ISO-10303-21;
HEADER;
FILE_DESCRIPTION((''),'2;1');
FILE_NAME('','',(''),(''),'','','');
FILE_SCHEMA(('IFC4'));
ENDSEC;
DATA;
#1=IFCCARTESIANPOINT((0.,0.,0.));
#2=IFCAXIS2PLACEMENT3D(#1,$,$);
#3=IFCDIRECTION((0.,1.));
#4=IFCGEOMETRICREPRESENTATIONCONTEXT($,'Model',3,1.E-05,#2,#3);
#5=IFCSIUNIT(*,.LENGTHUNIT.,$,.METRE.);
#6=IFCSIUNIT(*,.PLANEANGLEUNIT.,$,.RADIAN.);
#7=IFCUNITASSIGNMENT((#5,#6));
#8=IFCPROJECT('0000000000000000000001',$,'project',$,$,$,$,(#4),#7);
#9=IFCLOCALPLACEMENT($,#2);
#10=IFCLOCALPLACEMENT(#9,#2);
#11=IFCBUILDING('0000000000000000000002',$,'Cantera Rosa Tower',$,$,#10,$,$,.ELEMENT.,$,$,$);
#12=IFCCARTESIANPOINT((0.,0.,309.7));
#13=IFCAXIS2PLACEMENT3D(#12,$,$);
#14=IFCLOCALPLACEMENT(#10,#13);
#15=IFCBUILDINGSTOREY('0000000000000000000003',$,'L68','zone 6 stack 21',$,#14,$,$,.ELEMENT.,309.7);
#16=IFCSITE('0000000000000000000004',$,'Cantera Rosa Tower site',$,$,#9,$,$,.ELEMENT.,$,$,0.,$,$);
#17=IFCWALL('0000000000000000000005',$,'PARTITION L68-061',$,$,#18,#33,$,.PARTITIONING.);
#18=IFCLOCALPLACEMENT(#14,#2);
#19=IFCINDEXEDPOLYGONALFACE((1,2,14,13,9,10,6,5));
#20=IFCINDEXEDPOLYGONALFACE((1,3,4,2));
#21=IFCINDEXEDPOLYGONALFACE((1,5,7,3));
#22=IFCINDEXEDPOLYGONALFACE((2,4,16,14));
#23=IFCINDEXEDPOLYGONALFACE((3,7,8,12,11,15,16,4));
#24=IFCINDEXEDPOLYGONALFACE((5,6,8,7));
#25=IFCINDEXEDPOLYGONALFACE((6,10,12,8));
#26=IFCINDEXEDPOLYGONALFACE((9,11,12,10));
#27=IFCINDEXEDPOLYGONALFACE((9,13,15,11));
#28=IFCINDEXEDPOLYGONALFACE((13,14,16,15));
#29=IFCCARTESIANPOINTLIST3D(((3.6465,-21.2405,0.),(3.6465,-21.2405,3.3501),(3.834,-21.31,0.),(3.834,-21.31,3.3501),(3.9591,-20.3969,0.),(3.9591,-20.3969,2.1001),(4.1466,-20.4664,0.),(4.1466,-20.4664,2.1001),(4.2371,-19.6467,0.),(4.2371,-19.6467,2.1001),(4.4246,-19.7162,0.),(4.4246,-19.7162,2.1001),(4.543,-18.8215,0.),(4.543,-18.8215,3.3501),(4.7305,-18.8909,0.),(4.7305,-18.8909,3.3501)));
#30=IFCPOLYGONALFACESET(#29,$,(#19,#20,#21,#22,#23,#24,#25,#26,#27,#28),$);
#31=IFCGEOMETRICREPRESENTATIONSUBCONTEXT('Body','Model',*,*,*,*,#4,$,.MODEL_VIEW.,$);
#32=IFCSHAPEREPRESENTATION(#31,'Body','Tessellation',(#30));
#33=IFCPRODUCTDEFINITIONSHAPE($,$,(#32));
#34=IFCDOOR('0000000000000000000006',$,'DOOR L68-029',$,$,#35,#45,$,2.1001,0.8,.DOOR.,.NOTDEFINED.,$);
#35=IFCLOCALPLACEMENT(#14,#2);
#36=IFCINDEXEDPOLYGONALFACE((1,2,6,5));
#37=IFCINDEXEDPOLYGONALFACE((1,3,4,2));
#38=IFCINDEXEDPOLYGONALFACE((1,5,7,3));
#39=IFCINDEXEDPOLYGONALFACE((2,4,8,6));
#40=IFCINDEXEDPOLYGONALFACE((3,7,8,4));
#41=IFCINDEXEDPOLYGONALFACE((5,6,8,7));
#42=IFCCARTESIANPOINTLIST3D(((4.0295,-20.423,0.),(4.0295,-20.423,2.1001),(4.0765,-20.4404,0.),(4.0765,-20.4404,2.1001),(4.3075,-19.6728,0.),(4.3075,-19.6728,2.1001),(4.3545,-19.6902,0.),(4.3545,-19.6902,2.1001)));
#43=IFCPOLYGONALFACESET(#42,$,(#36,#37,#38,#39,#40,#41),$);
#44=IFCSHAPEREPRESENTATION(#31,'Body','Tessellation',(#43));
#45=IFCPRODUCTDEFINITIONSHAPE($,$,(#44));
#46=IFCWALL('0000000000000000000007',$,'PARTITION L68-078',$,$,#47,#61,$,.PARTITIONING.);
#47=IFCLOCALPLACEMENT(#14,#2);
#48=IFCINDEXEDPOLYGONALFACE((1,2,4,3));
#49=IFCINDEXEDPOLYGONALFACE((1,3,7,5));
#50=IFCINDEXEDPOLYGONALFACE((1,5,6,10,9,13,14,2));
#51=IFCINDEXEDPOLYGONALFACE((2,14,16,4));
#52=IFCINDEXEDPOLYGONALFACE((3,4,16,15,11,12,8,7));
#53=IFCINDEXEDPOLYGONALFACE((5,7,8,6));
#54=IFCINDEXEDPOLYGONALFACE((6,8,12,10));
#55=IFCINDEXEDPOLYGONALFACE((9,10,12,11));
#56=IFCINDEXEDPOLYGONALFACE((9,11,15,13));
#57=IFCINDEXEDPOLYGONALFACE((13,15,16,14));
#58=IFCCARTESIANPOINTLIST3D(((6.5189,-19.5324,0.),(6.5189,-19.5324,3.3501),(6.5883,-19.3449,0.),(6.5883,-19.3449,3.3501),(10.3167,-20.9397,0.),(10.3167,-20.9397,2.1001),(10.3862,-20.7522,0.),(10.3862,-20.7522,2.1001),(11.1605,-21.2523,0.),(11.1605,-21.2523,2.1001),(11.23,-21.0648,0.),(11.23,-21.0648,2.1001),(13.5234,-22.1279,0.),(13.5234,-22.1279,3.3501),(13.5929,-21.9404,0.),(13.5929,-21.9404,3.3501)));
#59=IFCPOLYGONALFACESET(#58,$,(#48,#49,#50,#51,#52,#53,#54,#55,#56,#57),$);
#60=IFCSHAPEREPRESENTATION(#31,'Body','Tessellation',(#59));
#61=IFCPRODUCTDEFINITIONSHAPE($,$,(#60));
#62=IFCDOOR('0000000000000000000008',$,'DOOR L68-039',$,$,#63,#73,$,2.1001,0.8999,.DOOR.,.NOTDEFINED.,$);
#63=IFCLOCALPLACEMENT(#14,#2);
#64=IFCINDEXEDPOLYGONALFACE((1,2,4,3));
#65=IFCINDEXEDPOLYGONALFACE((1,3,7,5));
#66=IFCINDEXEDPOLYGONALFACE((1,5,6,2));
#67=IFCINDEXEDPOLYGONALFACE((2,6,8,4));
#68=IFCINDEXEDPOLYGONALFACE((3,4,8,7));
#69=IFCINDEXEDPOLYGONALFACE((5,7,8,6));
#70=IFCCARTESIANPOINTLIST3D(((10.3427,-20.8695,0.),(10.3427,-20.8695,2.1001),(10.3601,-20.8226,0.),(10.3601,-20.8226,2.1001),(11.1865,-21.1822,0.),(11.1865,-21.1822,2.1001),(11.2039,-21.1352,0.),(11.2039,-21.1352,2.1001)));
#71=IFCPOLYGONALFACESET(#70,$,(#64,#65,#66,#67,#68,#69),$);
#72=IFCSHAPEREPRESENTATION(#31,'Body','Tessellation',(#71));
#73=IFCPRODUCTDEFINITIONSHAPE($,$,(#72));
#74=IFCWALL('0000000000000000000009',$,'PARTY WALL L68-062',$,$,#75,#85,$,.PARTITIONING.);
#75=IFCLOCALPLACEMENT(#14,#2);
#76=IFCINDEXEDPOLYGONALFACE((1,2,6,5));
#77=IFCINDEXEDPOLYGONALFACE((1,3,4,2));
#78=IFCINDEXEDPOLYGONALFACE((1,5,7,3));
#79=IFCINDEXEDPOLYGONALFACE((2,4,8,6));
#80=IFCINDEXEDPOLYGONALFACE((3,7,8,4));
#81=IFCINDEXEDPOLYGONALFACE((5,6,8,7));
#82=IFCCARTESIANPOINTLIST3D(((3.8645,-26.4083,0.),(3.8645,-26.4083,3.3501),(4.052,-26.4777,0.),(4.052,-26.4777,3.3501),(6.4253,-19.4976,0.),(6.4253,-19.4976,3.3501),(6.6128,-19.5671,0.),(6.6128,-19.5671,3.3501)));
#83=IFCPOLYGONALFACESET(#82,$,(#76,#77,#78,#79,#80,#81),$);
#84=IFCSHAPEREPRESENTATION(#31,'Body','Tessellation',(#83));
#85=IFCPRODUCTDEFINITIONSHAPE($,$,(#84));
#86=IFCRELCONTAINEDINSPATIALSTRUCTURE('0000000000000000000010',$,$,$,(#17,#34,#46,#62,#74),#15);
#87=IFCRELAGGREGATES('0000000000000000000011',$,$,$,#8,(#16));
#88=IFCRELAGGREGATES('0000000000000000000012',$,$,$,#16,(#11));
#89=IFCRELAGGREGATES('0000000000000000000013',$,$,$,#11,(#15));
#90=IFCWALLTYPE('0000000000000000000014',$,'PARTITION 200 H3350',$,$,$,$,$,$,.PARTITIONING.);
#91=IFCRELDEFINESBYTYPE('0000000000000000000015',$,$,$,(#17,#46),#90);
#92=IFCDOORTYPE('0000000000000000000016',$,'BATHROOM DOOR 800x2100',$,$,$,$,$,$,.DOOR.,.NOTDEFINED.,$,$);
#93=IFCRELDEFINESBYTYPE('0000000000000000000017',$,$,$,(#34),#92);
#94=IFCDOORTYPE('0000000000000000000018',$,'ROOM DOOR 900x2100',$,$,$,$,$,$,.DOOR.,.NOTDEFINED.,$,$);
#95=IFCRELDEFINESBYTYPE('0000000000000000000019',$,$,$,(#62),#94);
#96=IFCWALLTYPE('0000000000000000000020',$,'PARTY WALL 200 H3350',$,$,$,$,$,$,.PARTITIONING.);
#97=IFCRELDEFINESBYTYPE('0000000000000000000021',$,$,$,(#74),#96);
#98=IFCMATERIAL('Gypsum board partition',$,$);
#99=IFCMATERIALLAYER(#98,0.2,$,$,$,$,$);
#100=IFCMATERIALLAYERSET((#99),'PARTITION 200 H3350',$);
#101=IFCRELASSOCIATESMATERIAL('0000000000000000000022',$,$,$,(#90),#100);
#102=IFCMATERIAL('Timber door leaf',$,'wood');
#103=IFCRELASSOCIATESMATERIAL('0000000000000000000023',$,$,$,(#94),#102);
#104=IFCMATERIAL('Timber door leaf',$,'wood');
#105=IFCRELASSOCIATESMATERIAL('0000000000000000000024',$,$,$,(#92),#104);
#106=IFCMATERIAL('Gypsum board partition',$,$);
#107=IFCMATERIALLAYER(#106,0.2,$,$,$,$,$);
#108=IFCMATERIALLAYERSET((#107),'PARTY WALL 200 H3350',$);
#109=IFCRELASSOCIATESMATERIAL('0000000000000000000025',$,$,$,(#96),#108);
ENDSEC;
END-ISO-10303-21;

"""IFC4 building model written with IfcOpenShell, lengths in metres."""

from ifc_helpers import new_model, si_unit, direction, frame, frame_2d, origin, place, context, subcontext, project, spatial, rectangle, extrude, material, layer, layer_set, type_object, element, fill, save


model = new_model("IFC4")

# Units and contexts
model_context = context("Model", 3, precision=1e-05, world=origin(), true_north=direction((0.0, 1.0)))
body_context = subcontext(model_context, "Body", "Model", "MODEL_VIEW")
ifc_project = project(units=[si_unit("LENGTHUNIT", "METRE"), si_unit("PLANEANGLEUNIT", "RADIAN")], contexts=[model_context])

# Site, building, storey
site_placement = place(None, origin())
site = spatial("IfcSite", under=ifc_project, at=site_placement, Name="Cantera Rosa Tower site", CompositionType="ELEMENT", RefElevation=0.0)
building_placement = place(site_placement, origin())
building = spatial("IfcBuilding", under=site, at=building_placement, Name="Cantera Rosa Tower", CompositionType="ELEMENT")
storey_placement = place(building_placement, frame((0.0, 0.0, 309.7)))
storey = spatial("IfcBuildingStorey", under=building, at=storey_placement, Name="L68", Description="zone 6 stack 21", CompositionType="ELEMENT", Elevation=309.7)

# Shared definitions
ifc_material_1 = material(Name="Gypsum board partition")
ifc_layer_1 = layer(ifc_material_1, 0.2)
ifc_layer_set_1 = layer_set([ifc_layer_1], Name="PARTITION 200 H3350")
wall_type_1 = type_object("IfcWallType", Name="PARTITION 200 H3350", PredefinedType="PARTITIONING", material=ifc_layer_set_1)
ifc_material_2 = material(Name="Timber door leaf", Category="wood")
door_type_1 = type_object("IfcDoorType", Name="ROOM DOOR 900x2100", OperationType="NOTDEFINED", PredefinedType="DOOR", material=ifc_material_2)

# Walls, openings, doors
wall_1_placement = place(storey_placement, frame((3.7402, -21.2754, 0.0), z_axis=(0.0, 0.0, 1.0), x_axis=(0.347481, 0.937687, 0.0)))
wall_1 = element("IfcWall", 1, at=wall_1_placement, inside=storey, type_object=wall_type_1, Name="PARTITION L68-061", PredefinedType="PARTITIONING", context=body_context, shape_type="SweptSolid", body=[
    extrude(rectangle(XDim=2.5798, YDim=0.2, at=frame_2d((1.29, 0.0))), origin(), (0.0, 0.0, 1.0), 3.3501),
])
opening_1_placement = place(wall_1_placement, frame((0.8999, 0.0, 0.0)))
opening_1 = element("IfcOpeningElement", 2, at=opening_1_placement, cuts=wall_1, PredefinedType="OPENING", context=body_context, shape_type="SweptSolid", body=[
    extrude(rectangle(XDim=0.8, YDim=2.1001, at=frame_2d((0.3999, 1.05))), frame((0.0, 0.1099, 0.0), z_axis=(0.0, -1.0, 0.0), x_axis=(1.0, 0.0, 0.0)), (0.0, 0.0, 1.0), 0.22),
])
ifc_material_3 = material(Name="Timber door leaf", Category="wood")
door_type_2 = type_object("IfcDoorType", Name="BATHROOM DOOR 800x2100", OperationType="NOTDEFINED", PredefinedType="DOOR", material=ifc_material_3)
door_1_placement = place(opening_1_placement, origin())
door_1 = element("IfcDoor", 3, at=door_1_placement, inside=storey, type_object=door_type_2, Name="DOOR L68-029", OperationType="NOTDEFINED", OverallHeight=2.1001, OverallWidth=0.8, PredefinedType="DOOR", context=body_context, shape_type="SweptSolid", body=[
    extrude(rectangle(XDim=0.8, YDim=2.1001, at=frame_2d((0.3999, 1.05))), frame((0.0, 0.0249, 0.0), z_axis=(0.0, -1.0, 0.0), x_axis=(1.0, 0.0, 0.0)), (0.0, 0.0, 1.0), 0.05),
])
fill(opening_1, door_1)
wall_2_placement = place(storey_placement, frame((6.5537, -19.4387, 0.0), z_axis=(0.0, 0.0, 1.0), x_axis=(0.937699, -0.34745, 0.0)))
wall_2 = element("IfcWall", 4, at=wall_2_placement, inside=storey, type_object=wall_type_1, Name="PARTITION L68-078", PredefinedType="PARTITIONING", context=body_context, shape_type="SweptSolid", body=[
    extrude(rectangle(XDim=7.47, YDim=0.2, at=frame_2d((3.7349, 0.0))), origin(), (0.0, 0.0, 1.0), 3.3501),
])
opening_2_placement = place(wall_2_placement, frame((4.05, 0.0, 0.0)))
opening_2 = element("IfcOpeningElement", 5, at=opening_2_placement, cuts=wall_2, PredefinedType="OPENING", context=body_context, shape_type="SweptSolid", body=[
    extrude(rectangle(XDim=0.8999, YDim=2.1001, at=frame_2d((0.45, 1.05))), frame((0.0, 0.1099, 0.0), z_axis=(0.0, -1.0, 0.0), x_axis=(1.0, 0.0, 0.0)), (0.0, 0.0, 1.0), 0.22),
])
door_2_placement = place(opening_2_placement, origin())
door_2 = element("IfcDoor", 6, at=door_2_placement, inside=storey, type_object=door_type_1, Name="DOOR L68-039", OperationType="NOTDEFINED", OverallHeight=2.1001, OverallWidth=0.8999, PredefinedType="DOOR", context=body_context, shape_type="SweptSolid", body=[
    extrude(rectangle(XDim=0.8999, YDim=2.1001, at=frame_2d((0.45, 1.05))), frame((0.0, 0.0249, 0.0), z_axis=(0.0, -1.0, 0.0), x_axis=(1.0, 0.0, 0.0)), (0.0, 0.0, 1.0), 0.05),
])
fill(opening_2, door_2)

# Wall
ifc_material_4 = material(Name="Gypsum board partition")
ifc_layer_2 = layer(ifc_material_4, 0.2)
ifc_layer_set_2 = layer_set([ifc_layer_2], Name="PARTY WALL 200 H3350")
wall_type_2 = type_object("IfcWallType", Name="PARTY WALL 200 H3350", PredefinedType="PARTITIONING", material=ifc_layer_set_2)
wall_3_placement = place(storey_placement, frame((3.9583, -26.4431, 0.0), z_axis=(0.0, 0.0, 1.0), x_axis=(0.347469, 0.937692, 0.0)))
element("IfcWall", 7, at=wall_3_placement, inside=storey, type_object=wall_type_2, Name="PARTY WALL L68-062", PredefinedType="PARTITIONING", context=body_context, shape_type="SweptSolid", body=[
    extrude(rectangle(XDim=7.3699, YDim=0.2, at=frame_2d((3.6851, 0.0))), origin(), (0.0, 0.0, 1.0), 3.3501),
])

save(model, "model.ifc")
